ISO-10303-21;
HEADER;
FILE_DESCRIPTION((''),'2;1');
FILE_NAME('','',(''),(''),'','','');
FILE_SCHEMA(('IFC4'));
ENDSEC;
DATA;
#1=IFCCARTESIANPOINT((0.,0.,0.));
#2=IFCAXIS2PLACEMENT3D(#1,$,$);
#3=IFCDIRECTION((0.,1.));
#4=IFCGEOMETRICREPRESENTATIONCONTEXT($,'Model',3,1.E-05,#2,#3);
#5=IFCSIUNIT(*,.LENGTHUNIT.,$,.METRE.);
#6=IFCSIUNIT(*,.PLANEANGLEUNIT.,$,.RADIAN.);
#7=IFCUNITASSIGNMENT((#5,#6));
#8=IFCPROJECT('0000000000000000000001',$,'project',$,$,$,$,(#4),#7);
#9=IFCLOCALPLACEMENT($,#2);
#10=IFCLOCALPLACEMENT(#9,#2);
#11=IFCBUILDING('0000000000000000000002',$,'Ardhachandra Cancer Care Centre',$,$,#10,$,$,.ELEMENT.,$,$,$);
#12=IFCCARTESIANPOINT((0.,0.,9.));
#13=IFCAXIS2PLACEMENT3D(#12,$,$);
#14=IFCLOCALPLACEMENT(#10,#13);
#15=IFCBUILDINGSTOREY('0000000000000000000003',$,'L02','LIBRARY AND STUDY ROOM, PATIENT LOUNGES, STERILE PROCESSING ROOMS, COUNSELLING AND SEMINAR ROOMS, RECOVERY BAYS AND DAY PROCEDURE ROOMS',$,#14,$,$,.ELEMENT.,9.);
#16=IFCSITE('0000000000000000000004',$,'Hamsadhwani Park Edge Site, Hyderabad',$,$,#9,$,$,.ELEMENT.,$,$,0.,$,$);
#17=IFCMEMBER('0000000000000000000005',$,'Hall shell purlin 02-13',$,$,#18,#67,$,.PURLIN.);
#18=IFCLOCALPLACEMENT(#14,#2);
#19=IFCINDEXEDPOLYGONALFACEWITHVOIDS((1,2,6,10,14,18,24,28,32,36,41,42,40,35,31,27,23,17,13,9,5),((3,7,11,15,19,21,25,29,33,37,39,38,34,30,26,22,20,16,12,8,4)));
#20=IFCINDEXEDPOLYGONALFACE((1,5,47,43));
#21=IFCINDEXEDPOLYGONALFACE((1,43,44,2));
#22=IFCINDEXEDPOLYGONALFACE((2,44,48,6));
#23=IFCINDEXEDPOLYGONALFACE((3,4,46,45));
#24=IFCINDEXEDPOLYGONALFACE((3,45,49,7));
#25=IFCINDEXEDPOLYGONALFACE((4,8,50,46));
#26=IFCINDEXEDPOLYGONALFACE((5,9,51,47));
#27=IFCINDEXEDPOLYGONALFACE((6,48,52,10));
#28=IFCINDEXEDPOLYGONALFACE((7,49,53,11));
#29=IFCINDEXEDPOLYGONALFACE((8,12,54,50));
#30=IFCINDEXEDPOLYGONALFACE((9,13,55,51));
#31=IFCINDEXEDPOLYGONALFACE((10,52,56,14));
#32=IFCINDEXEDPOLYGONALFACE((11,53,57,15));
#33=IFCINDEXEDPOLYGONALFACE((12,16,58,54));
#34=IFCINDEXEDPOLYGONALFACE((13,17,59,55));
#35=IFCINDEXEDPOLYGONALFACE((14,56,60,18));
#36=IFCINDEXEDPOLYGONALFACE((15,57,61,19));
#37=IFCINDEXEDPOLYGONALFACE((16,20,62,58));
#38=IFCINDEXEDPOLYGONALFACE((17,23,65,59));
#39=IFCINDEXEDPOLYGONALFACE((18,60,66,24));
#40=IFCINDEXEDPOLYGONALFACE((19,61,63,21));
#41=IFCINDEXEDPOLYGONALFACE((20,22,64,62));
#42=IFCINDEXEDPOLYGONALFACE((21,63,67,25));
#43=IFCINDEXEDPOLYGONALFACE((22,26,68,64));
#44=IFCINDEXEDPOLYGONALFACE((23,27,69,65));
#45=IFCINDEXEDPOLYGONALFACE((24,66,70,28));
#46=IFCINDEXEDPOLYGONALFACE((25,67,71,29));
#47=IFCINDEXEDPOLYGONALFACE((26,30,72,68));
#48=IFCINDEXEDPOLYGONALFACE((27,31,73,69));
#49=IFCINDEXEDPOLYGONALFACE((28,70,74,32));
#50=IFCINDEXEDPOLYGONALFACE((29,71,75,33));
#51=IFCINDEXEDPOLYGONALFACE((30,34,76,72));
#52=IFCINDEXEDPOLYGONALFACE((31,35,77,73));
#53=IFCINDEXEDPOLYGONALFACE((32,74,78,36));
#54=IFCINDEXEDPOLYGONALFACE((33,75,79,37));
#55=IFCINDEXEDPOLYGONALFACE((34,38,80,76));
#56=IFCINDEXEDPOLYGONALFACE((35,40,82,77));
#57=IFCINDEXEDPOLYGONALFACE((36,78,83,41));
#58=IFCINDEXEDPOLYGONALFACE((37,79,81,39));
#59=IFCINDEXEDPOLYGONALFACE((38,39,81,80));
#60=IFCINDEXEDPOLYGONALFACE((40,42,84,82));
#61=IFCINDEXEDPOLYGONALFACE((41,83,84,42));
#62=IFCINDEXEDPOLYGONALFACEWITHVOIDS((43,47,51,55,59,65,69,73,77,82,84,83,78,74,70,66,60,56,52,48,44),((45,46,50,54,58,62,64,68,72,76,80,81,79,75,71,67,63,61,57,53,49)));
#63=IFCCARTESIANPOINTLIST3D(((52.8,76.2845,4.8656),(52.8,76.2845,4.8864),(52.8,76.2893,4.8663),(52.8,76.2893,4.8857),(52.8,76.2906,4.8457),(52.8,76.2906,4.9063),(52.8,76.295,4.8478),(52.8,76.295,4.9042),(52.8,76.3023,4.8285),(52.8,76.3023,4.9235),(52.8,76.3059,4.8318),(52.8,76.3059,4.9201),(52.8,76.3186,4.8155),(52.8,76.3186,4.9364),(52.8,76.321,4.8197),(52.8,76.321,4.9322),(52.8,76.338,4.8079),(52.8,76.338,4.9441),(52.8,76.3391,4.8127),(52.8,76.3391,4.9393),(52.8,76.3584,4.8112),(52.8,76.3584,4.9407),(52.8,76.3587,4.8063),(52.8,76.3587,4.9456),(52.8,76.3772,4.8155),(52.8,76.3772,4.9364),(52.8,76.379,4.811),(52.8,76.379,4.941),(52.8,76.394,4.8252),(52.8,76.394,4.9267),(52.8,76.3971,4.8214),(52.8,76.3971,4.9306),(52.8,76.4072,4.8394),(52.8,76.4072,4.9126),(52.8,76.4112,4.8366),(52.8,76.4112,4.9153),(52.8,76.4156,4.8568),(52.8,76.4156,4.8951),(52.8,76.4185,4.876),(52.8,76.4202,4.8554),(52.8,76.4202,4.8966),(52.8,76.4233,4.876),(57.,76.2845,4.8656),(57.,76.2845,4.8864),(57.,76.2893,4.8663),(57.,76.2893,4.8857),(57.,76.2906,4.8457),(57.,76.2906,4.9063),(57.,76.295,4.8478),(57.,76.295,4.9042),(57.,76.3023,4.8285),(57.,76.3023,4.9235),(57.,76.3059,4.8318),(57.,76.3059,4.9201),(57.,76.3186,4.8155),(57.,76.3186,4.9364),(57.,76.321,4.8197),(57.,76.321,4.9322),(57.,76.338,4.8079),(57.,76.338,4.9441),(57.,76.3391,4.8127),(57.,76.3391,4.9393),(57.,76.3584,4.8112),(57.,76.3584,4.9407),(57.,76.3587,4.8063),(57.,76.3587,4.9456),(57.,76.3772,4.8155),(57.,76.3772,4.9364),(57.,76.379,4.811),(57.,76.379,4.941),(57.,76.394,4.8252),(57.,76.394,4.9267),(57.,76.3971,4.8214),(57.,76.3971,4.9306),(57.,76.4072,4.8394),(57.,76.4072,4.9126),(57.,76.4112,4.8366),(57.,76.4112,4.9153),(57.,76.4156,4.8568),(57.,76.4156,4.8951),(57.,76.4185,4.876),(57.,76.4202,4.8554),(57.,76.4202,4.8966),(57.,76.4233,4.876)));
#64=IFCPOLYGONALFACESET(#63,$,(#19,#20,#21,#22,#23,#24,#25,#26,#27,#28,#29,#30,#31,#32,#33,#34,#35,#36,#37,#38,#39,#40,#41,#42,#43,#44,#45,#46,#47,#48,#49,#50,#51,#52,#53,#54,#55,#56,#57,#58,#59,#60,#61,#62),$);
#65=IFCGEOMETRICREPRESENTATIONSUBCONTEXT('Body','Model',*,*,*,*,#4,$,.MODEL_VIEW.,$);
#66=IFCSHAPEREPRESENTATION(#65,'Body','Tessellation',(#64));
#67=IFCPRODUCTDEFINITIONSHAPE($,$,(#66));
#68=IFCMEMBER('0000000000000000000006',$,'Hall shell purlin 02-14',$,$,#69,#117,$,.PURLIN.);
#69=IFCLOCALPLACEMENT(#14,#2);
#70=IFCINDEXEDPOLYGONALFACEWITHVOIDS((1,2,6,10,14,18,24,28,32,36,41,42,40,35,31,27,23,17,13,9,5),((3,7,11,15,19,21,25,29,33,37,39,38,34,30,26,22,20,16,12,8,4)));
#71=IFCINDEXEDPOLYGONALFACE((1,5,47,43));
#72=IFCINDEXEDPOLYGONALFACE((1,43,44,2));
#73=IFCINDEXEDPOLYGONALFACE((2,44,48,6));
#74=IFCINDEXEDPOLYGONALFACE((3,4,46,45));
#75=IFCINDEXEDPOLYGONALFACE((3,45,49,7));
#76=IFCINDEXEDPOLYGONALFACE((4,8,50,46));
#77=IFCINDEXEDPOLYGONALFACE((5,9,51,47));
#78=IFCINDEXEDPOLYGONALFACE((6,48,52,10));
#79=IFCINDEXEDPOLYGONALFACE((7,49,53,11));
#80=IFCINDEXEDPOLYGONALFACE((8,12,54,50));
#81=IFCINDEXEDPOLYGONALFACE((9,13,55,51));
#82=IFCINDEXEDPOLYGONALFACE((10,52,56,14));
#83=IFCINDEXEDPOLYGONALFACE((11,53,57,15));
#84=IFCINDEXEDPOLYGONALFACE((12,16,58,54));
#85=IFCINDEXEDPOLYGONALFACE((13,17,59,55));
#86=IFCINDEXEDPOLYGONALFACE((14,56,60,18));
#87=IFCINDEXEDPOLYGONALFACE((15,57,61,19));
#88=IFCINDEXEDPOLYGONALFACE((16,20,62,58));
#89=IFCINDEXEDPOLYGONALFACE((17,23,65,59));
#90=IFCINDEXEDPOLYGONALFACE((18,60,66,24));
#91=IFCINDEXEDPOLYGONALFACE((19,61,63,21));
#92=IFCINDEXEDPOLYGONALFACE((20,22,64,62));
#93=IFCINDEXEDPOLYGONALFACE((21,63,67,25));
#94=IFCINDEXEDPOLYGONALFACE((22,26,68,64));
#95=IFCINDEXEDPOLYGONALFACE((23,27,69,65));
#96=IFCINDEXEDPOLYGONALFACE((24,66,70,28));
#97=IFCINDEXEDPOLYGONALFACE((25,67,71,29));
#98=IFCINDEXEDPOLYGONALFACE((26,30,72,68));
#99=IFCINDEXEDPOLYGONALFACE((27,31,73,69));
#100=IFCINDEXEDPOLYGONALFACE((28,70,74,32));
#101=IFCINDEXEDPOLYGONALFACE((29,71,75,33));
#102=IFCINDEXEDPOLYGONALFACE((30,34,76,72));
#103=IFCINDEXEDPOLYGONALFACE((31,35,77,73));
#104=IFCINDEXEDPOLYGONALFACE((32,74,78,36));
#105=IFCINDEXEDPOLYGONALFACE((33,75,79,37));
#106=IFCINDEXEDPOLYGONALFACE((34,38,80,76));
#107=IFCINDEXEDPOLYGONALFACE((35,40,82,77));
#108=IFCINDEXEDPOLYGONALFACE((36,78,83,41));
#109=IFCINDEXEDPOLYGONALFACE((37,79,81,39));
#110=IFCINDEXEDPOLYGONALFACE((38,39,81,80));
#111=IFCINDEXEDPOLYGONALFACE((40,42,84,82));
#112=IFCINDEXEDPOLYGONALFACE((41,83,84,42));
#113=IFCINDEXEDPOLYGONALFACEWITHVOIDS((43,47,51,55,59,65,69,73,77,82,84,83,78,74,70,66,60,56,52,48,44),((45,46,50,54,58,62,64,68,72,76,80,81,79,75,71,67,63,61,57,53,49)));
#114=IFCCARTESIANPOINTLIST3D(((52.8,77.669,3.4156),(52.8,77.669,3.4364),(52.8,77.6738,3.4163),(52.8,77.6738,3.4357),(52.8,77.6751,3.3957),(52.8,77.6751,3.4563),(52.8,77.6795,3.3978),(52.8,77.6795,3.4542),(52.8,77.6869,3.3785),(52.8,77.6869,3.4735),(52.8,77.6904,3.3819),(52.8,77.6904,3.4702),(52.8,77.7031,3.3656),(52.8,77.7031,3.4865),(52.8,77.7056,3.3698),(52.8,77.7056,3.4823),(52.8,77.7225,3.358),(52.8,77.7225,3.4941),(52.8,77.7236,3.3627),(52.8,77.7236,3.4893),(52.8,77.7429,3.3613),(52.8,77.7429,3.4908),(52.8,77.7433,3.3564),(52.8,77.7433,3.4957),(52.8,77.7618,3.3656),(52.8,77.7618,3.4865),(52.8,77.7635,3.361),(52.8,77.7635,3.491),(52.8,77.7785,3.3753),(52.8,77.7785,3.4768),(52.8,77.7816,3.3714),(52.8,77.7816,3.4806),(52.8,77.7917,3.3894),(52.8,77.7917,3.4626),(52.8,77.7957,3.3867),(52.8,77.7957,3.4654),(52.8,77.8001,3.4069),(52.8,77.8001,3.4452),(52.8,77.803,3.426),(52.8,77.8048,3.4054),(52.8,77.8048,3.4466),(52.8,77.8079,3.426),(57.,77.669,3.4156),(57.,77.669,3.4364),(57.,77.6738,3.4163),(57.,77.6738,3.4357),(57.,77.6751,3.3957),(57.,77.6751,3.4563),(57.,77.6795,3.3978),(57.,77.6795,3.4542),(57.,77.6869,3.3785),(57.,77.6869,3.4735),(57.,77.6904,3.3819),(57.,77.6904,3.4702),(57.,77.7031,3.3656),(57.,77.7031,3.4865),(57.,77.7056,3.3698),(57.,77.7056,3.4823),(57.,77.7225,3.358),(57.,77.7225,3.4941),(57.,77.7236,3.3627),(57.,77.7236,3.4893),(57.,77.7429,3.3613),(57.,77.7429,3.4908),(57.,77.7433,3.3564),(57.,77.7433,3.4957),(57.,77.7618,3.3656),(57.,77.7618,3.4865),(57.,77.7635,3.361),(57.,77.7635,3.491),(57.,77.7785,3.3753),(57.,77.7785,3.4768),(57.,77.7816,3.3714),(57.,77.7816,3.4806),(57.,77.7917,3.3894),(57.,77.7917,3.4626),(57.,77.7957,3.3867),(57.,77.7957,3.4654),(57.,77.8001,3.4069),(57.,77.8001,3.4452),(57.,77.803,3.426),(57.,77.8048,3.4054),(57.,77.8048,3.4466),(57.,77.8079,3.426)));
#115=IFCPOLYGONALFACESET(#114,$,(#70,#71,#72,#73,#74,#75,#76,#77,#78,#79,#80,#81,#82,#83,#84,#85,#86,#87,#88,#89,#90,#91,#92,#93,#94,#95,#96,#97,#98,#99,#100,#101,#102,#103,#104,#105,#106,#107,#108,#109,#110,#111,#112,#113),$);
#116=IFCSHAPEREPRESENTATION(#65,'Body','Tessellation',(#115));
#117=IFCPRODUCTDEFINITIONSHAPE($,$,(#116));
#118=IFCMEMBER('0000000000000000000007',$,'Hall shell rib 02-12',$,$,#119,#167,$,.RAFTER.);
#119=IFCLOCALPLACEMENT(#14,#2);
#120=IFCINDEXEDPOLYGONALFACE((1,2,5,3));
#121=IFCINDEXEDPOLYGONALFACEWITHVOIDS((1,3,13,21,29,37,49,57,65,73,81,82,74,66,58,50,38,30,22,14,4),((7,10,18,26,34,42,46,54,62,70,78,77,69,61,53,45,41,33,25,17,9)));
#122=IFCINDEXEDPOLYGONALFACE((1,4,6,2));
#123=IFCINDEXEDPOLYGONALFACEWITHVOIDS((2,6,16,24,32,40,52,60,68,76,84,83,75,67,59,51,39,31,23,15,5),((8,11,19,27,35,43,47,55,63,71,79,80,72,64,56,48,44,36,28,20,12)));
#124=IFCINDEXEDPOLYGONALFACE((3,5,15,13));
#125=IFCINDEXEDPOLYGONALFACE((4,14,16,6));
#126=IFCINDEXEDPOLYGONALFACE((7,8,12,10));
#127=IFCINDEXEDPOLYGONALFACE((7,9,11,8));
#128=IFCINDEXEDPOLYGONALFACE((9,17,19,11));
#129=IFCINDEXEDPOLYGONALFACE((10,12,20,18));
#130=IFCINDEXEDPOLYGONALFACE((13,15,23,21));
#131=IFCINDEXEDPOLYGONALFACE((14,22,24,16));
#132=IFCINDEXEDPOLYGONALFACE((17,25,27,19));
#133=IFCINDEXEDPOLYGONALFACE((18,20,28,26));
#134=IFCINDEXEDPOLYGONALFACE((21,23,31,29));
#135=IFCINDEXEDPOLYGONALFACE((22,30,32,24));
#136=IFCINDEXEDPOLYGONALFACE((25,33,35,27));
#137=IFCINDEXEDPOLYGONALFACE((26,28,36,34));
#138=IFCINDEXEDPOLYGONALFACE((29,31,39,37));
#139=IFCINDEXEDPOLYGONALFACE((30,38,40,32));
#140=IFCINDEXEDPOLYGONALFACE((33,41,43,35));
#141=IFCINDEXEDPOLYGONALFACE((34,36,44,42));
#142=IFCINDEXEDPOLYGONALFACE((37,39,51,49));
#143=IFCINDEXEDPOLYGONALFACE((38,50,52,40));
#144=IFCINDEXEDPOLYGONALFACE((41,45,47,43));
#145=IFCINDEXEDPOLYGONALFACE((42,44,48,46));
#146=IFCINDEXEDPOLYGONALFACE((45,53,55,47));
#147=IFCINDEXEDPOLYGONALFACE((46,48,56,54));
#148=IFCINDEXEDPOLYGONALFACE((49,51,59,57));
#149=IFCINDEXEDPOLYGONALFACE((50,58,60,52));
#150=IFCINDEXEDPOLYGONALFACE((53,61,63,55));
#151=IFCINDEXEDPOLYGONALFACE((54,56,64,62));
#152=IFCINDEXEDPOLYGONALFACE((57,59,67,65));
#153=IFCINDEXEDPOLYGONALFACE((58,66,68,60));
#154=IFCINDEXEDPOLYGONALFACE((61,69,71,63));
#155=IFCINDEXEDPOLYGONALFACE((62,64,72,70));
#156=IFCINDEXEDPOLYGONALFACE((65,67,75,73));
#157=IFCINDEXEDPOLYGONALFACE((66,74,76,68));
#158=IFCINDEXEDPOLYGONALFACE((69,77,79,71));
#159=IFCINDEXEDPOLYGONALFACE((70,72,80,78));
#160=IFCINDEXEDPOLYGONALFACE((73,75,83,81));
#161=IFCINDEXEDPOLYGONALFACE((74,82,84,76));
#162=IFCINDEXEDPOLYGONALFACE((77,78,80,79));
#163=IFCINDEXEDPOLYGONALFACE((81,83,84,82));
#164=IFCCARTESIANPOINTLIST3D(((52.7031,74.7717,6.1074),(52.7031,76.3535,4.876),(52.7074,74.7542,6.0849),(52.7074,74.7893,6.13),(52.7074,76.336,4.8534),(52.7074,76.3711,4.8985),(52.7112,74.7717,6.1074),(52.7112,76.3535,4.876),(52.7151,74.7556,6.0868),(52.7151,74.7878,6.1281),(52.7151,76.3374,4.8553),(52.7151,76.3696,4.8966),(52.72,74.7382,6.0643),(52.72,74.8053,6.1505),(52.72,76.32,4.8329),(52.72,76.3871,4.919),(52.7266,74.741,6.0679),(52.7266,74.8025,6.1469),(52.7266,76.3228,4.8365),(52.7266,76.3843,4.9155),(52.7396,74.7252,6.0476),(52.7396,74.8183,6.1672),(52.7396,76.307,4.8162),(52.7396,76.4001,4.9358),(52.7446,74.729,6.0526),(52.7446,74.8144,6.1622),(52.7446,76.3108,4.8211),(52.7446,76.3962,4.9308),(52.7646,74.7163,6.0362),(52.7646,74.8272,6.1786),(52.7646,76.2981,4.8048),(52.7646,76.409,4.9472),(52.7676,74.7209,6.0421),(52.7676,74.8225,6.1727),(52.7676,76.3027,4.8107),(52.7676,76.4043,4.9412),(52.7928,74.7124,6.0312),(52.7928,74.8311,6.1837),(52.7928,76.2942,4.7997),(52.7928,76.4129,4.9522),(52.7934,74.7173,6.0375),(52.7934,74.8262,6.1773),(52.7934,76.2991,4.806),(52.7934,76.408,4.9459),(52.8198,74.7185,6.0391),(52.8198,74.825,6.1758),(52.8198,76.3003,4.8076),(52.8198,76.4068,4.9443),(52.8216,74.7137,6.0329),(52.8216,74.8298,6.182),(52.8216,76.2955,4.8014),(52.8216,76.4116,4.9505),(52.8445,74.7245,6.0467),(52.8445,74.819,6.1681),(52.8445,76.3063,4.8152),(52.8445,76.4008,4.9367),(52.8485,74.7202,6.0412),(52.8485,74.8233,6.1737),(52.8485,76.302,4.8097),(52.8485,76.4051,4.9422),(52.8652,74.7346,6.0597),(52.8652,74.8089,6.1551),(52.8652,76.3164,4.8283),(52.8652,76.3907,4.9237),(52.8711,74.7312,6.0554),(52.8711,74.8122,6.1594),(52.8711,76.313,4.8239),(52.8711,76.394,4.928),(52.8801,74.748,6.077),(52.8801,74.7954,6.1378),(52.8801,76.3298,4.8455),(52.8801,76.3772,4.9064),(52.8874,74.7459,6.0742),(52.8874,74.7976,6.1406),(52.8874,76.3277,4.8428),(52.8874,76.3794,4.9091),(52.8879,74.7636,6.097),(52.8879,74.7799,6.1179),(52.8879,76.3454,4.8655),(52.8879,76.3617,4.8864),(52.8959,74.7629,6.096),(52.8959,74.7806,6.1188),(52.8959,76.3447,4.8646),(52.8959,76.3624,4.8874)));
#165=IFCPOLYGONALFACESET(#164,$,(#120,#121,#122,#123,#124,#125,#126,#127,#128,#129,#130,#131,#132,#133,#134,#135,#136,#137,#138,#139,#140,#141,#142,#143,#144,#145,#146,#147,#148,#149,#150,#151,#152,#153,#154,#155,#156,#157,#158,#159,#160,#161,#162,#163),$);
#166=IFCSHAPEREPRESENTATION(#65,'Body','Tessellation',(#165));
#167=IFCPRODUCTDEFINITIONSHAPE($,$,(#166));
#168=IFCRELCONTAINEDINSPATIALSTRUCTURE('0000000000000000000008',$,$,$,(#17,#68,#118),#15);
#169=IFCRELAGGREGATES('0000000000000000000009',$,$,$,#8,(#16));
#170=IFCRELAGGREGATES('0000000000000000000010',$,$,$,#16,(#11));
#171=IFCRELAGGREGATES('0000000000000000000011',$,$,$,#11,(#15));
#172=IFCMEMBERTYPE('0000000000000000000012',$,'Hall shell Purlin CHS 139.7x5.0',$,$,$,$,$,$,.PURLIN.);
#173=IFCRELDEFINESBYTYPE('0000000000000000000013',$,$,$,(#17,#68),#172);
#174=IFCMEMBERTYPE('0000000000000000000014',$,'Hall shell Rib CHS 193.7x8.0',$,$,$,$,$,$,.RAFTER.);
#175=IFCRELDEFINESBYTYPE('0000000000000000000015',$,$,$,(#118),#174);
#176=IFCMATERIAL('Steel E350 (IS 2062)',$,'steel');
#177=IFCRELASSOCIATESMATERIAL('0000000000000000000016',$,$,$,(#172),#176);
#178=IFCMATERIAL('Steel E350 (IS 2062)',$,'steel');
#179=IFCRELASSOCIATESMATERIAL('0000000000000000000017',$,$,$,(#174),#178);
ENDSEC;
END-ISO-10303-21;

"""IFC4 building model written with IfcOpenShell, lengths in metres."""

from ifc_helpers import new_model, si_unit, direction, frame, origin, origin_2d, place, context, subcontext, project, spatial, hollow_circle, extrude, material, material_profile, profile_set, type_object, element, save


model = new_model("IFC4")

# Units and contexts
model_context = context("Model", 3, precision=1e-05, world=origin(), true_north=direction((0.0, 1.0)))
body_context = subcontext(model_context, "Body", "Model", "MODEL_VIEW")
ifc_project = project(units=[si_unit("LENGTHUNIT", "METRE"), si_unit("PLANEANGLEUNIT", "RADIAN")], contexts=[model_context])

# Site, building, storey
site_placement = place(None, origin())
site = spatial("IfcSite", under=ifc_project, at=site_placement, Name="Hamsadhwani Park Edge Site, Hyderabad", CompositionType="ELEMENT", RefElevation=0.0)
building_placement = place(site_placement, origin())
building = spatial("IfcBuilding", under=site, at=building_placement, Name="Ardhachandra Cancer Care Centre", CompositionType="ELEMENT")
storey_placement = place(building_placement, frame((0.0, 0.0, 9.0)))
storey = spatial("IfcBuildingStorey", under=building, at=storey_placement, Name="L02", Description="LIBRARY AND STUDY ROOM, PATIENT LOUNGES, STERILE PROCESSING ROOMS, COUNSELLING AND SEMINAR ROOMS, RECOVERY BAYS AND DAY PROCEDURE ROOMS", CompositionType="ELEMENT", Elevation=9.0)

# Members
ifc_material_1 = material(Name="Steel E350 (IS 2062)", Category="steel")
ifc_material_profile_1 = material_profile(ifc_material_1, hollow_circle(Radius=0.0698, WallThickness=0.0049, at=origin_2d()), Name="CHS 139.7x5.0")
ifc_profile_set_1 = profile_set([ifc_material_profile_1], Name="Steel E350 (IS 2062)")
member_type_1 = type_object("IfcMemberType", Name="Hall shell Purlin CHS 139.7x5.0", PredefinedType="PURLIN", material=ifc_profile_set_1)
for number, where, z_axis, x_axis, name in (
    (1, (52.8, 76.3535, 4.876), (1.0, 0.0, 0.0), (0.0, 1.0, 0.0), "Hall shell purlin 02-13"),
    (2, (52.8, 77.738, 3.426), (1.0, 0.0, 0.0), (0.0, 1.0, 0.0), "Hall shell purlin 02-14"),
):
    element("IfcMember", number, at=place(storey_placement, frame(where, z_axis=z_axis, x_axis=x_axis)), inside=storey, type_object=member_type_1, Name=name, PredefinedType="PURLIN", context=body_context, shape_type="SweptSolid", body=[
        extrude(hollow_circle(Radius=0.0698, WallThickness=0.0049, at=origin_2d()), origin(), (0.0, 0.0, 1.0), 4.2),
    ])
ifc_material_2 = material(Name="Steel E350 (IS 2062)", Category="steel")
ifc_material_profile_2 = material_profile(ifc_material_2, hollow_circle(Radius=0.0969, WallThickness=0.0081, at=origin_2d()), Name="CHS 193.7x8.0")
ifc_profile_set_2 = profile_set([ifc_material_profile_2], Name="Steel E350 (IS 2062)")
member_type_2 = type_object("IfcMemberType", Name="Hall shell Rib CHS 193.7x8.0", PredefinedType="RAFTER", material=ifc_profile_set_2)
member_1_placement = place(storey_placement, frame((52.8, 74.7717, 6.1074), z_axis=(0.0, 0.78907, -0.614303), x_axis=(-1.0, 0.0, 0.0)))
element("IfcMember", 3, at=member_1_placement, inside=storey, type_object=member_type_2, Name="Hall shell rib 02-12", PredefinedType="RAFTER", context=body_context, shape_type="SweptSolid", body=[
    extrude(hollow_circle(Radius=0.0969, WallThickness=0.0081, at=origin_2d()), origin(), (0.0, 0.0, 1.0), 2.0046),
])

save(model, "model.ifc")
